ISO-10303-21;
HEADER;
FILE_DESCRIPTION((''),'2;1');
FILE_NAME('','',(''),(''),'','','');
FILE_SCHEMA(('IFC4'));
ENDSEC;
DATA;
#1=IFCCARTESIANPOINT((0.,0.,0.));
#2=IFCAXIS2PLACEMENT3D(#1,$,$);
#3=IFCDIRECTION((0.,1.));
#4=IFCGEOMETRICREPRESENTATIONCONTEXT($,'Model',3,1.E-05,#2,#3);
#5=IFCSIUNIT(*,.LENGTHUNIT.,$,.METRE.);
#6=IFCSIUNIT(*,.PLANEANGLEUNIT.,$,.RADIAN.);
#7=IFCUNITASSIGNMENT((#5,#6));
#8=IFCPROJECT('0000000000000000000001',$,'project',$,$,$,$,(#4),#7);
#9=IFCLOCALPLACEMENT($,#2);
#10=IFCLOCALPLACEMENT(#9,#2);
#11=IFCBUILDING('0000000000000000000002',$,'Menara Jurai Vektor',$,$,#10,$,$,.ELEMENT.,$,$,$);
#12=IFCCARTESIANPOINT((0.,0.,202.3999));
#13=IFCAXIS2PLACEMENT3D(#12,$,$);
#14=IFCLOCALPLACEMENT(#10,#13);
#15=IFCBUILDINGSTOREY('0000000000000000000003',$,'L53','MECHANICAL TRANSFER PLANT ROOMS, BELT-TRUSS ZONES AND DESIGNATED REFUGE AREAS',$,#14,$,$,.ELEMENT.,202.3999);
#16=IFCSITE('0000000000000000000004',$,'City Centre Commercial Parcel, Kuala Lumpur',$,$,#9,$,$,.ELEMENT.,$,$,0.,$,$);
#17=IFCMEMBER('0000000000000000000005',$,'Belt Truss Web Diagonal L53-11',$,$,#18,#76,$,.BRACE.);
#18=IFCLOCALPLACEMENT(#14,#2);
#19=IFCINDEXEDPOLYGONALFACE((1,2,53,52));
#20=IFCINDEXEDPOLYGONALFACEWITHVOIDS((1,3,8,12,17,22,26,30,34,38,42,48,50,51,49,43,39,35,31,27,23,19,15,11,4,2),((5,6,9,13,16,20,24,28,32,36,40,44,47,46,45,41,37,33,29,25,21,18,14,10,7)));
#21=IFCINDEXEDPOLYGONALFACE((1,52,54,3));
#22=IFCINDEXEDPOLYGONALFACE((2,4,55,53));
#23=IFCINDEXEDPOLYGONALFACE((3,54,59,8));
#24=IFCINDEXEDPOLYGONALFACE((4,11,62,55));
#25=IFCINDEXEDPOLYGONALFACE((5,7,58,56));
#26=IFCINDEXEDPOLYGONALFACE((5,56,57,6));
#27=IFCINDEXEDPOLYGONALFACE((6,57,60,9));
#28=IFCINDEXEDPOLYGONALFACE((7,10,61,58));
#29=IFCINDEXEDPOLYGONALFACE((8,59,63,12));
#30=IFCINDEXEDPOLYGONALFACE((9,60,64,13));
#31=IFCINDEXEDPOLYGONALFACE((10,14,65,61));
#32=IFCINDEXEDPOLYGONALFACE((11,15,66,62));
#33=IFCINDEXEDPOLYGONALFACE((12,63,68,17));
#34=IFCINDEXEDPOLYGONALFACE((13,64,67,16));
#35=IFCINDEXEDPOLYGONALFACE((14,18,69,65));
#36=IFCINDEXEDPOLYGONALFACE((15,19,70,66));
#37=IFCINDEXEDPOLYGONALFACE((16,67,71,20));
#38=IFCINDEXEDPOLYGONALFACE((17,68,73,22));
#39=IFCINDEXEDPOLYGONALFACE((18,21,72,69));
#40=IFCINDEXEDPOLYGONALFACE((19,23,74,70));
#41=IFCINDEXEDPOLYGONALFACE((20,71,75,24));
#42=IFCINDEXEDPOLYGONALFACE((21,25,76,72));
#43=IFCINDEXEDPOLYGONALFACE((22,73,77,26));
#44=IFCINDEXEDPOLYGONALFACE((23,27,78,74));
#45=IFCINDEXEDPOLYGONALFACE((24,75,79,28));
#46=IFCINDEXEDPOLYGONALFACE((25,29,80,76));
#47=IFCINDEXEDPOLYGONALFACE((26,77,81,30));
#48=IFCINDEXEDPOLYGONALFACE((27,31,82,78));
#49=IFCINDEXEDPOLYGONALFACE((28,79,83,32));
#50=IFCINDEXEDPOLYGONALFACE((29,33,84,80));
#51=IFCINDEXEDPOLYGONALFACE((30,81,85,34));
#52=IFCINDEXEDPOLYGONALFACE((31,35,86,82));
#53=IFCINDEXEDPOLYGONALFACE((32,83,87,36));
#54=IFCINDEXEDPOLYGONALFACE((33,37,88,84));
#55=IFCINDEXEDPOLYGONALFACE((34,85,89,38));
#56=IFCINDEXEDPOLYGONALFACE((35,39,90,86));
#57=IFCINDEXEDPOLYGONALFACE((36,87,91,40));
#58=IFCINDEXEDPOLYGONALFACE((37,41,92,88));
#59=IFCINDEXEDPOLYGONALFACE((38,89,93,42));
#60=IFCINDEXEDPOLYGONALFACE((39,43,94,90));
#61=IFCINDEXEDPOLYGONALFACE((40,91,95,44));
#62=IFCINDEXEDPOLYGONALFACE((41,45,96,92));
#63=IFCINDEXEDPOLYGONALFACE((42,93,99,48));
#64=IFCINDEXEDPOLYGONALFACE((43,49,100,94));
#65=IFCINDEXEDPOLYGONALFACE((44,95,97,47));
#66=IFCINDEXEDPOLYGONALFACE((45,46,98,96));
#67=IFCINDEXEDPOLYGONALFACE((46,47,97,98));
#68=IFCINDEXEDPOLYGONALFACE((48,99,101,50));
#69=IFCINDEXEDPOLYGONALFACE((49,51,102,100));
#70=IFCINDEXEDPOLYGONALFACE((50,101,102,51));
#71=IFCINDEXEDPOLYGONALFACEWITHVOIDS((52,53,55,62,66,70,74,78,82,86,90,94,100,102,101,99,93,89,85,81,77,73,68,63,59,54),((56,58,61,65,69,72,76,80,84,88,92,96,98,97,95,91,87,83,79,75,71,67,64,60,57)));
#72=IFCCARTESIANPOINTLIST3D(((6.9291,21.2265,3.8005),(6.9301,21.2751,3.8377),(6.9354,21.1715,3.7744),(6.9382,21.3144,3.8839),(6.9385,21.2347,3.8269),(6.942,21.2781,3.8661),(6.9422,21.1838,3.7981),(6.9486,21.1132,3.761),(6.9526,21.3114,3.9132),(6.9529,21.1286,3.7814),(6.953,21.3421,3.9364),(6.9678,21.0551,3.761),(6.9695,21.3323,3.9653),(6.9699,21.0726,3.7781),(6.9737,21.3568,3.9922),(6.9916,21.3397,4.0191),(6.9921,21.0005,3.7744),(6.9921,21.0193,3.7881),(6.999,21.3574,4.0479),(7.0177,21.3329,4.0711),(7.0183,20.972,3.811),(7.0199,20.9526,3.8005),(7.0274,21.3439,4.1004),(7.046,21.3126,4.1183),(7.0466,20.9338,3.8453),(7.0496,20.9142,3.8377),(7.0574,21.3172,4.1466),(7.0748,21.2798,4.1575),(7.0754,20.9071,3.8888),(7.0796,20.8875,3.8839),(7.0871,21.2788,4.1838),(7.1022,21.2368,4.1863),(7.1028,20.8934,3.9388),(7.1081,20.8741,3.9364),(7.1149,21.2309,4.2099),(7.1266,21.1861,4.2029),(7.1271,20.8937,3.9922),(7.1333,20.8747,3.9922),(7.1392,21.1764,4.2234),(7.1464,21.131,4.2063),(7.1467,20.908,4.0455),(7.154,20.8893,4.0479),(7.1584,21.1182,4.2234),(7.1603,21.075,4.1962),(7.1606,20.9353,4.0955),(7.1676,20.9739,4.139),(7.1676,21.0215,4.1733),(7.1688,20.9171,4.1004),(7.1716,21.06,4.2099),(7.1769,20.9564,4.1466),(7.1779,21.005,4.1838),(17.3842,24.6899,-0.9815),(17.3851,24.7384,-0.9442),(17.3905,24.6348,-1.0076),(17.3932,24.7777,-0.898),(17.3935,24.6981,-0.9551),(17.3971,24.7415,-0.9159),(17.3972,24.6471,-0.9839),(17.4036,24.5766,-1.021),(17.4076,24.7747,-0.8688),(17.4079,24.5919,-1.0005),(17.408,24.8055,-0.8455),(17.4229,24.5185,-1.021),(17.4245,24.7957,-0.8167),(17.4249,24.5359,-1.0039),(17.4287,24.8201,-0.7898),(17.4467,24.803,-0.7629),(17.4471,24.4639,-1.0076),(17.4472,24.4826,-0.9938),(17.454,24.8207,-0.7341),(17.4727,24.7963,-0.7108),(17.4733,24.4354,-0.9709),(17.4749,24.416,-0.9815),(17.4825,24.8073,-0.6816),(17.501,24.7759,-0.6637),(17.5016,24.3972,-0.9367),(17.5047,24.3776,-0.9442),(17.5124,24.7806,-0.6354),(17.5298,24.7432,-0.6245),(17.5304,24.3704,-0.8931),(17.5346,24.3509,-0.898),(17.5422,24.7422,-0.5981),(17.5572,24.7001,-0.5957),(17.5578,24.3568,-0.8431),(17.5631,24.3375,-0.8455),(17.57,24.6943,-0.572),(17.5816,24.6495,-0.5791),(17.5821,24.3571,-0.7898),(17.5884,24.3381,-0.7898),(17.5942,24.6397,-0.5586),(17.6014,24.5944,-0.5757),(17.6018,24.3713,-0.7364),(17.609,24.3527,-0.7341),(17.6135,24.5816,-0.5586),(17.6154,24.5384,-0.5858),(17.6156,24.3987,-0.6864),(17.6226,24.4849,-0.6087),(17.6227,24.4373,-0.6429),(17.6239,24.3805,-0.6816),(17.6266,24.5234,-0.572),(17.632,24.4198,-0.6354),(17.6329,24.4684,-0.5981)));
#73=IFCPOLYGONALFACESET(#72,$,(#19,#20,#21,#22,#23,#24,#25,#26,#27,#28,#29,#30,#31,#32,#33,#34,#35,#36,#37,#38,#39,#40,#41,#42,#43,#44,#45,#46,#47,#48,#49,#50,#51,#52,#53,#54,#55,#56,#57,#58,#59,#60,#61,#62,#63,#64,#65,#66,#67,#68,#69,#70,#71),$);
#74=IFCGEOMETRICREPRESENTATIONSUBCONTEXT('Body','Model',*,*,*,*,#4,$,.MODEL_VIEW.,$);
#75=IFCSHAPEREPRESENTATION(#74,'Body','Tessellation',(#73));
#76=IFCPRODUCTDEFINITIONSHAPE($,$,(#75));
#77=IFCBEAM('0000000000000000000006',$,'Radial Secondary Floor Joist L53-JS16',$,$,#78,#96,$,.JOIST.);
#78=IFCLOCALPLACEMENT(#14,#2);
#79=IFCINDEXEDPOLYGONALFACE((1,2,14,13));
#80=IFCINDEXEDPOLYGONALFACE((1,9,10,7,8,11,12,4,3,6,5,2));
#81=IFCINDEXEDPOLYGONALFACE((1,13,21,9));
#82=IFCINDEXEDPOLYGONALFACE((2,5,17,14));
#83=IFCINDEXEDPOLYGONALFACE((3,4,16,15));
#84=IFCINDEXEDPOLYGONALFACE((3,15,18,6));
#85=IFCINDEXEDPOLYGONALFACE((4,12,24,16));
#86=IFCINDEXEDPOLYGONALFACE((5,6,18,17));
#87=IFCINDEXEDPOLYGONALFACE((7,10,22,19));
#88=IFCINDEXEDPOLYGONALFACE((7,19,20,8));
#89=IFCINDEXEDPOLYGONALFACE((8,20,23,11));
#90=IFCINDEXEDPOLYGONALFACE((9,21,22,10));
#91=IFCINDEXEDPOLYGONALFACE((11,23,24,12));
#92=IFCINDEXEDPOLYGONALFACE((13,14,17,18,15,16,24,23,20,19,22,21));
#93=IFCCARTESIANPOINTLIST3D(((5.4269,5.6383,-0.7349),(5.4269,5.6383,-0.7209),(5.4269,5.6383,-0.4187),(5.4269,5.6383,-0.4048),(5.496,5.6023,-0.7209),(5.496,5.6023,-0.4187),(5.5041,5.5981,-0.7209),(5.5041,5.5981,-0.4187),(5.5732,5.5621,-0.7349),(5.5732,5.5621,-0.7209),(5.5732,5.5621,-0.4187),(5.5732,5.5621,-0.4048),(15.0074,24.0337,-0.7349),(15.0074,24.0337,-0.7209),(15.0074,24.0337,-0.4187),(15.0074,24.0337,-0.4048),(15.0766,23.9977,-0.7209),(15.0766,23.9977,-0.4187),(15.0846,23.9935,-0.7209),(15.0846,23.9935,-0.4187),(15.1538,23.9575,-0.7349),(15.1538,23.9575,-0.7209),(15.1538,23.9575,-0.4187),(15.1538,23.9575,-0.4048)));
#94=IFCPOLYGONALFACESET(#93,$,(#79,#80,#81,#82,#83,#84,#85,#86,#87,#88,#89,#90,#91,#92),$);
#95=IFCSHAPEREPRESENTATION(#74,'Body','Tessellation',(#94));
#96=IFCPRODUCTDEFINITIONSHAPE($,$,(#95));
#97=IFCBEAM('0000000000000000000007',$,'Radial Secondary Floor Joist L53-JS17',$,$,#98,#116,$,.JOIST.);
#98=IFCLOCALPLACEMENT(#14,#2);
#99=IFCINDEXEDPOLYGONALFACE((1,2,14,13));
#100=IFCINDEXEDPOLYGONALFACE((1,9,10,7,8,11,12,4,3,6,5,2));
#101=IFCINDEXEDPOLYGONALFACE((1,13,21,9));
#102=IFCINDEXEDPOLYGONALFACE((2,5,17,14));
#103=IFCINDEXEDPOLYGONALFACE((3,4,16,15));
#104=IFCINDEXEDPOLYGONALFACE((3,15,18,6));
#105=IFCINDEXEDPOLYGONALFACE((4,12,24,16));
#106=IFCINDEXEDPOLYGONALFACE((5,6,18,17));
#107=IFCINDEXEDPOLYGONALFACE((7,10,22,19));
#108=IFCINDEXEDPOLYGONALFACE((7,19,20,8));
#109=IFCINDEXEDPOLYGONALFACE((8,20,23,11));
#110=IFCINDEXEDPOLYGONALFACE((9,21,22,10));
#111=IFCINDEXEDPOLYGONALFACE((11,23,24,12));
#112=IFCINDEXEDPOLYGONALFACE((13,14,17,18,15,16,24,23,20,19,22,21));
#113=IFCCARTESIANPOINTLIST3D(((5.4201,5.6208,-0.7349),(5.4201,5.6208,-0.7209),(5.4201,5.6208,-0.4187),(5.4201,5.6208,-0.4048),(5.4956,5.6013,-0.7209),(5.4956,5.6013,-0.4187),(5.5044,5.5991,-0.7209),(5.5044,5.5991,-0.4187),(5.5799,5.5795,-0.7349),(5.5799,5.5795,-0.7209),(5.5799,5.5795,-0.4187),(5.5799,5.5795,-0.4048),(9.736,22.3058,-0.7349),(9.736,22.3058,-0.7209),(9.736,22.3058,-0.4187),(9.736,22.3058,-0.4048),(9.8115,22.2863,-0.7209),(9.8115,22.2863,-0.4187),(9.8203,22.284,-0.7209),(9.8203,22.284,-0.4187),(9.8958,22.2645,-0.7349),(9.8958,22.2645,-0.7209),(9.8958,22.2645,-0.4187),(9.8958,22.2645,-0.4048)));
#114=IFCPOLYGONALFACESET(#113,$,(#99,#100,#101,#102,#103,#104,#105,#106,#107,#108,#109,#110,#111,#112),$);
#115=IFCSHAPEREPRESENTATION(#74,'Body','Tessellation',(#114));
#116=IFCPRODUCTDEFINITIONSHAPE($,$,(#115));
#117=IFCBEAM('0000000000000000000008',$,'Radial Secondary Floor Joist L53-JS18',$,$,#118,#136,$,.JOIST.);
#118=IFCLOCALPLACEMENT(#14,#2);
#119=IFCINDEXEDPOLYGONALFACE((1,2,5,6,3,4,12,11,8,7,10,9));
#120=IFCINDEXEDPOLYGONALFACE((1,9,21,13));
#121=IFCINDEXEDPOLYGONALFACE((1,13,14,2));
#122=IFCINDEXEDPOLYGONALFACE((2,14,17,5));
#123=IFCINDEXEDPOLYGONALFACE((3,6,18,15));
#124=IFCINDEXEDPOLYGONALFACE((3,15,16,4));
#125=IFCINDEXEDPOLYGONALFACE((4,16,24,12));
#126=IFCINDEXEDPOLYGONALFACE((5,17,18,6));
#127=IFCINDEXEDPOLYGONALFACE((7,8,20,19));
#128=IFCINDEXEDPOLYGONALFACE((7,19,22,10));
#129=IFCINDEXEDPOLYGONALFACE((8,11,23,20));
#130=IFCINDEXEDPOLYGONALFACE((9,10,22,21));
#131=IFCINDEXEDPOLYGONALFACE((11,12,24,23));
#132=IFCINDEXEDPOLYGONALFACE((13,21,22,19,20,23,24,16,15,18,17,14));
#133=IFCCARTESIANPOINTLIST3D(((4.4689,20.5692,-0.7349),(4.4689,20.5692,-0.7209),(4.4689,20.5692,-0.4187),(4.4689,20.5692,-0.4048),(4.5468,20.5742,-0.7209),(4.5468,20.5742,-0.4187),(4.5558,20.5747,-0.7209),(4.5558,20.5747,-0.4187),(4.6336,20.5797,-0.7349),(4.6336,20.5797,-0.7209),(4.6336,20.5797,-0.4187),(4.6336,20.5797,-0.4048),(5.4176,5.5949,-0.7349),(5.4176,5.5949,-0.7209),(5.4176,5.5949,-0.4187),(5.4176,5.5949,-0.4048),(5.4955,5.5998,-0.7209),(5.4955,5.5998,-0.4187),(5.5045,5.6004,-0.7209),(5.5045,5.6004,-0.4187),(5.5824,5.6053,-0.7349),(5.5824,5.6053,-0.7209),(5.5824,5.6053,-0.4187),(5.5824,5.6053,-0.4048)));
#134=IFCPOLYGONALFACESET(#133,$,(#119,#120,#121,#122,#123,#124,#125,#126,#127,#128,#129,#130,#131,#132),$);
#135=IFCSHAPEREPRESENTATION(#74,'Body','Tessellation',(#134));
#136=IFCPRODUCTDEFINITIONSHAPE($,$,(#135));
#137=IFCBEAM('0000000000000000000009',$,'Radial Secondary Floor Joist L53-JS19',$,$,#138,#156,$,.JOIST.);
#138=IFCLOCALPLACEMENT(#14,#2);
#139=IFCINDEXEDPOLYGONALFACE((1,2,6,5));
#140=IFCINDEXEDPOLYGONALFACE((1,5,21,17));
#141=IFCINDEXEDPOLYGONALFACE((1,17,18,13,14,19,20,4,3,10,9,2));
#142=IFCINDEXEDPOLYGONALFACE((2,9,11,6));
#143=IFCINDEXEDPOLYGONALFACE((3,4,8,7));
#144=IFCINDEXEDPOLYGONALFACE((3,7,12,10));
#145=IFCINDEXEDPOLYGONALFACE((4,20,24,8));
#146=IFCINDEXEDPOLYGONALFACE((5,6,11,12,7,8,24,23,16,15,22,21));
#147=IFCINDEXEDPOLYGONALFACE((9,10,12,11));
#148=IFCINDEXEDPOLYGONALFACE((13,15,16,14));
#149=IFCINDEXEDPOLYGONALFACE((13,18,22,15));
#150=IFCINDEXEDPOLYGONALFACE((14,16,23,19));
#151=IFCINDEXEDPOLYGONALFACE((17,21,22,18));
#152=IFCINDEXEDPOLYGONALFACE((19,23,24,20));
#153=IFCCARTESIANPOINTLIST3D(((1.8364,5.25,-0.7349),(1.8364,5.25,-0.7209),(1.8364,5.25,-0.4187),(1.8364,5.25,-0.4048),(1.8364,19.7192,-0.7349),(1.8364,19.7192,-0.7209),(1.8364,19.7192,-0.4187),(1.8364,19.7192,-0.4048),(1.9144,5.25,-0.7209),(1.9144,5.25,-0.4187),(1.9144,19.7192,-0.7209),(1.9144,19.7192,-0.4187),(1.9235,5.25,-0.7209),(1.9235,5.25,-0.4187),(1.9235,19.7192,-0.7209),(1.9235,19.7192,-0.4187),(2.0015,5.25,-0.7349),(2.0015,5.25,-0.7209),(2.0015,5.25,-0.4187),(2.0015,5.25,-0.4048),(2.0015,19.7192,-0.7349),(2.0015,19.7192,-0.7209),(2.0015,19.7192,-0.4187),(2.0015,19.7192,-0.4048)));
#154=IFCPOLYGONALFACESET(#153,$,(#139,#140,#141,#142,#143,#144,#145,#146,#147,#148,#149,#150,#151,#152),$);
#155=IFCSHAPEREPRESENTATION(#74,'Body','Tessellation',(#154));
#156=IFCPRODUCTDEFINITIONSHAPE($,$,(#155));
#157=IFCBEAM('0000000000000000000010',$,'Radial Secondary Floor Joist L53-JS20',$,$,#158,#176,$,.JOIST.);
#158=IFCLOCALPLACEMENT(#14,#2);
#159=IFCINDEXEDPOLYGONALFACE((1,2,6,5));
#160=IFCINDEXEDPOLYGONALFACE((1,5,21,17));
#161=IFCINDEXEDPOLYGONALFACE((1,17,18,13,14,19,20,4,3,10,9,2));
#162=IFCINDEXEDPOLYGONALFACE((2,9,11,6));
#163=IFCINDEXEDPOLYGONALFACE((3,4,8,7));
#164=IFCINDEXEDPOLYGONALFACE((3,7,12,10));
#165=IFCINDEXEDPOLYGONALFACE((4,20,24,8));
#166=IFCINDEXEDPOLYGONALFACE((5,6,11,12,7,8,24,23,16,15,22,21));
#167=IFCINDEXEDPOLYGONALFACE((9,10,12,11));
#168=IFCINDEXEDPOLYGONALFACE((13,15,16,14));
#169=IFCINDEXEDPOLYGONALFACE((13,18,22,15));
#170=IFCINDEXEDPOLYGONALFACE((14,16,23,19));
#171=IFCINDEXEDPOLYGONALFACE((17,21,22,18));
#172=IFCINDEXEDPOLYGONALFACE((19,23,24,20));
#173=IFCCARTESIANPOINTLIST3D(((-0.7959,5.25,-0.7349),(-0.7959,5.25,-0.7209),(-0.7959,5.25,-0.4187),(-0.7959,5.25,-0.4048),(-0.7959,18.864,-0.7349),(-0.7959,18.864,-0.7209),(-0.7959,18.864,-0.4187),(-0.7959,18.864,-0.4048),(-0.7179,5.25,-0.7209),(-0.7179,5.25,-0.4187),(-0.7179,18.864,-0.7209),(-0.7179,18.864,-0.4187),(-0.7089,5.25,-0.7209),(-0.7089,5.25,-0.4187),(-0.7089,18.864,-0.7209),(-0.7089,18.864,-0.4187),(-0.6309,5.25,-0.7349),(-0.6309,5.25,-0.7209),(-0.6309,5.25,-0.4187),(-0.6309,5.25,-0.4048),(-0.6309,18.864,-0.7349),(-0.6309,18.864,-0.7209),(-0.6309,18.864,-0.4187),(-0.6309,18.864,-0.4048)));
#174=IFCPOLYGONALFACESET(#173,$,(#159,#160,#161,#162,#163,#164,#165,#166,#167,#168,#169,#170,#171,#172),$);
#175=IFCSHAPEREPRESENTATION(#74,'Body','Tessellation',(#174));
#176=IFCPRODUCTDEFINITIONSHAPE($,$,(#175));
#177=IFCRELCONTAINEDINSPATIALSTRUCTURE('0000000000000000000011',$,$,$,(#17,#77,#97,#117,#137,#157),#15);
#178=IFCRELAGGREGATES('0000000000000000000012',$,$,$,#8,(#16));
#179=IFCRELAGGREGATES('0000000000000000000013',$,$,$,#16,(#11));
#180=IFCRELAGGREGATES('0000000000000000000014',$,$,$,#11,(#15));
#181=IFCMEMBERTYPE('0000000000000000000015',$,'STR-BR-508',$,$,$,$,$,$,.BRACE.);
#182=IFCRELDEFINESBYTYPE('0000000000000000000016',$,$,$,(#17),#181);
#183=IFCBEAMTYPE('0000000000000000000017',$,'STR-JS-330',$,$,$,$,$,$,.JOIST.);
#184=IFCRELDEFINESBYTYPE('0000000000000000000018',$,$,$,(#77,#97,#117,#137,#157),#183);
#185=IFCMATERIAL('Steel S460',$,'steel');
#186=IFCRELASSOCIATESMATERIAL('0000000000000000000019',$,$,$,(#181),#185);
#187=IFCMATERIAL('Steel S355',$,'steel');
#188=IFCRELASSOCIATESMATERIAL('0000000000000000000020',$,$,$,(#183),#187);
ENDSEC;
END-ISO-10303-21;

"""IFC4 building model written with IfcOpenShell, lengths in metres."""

from ifc_helpers import new_model, si_unit, direction, frame, origin, origin_2d, place, context, subcontext, project, spatial, hollow_circle, i_section, extrude, material, material_profile, profile_set, type_object, element, save


model = new_model("IFC4")

# Units and contexts
model_context = context("Model", 3, precision=1e-05, world=origin(), true_north=direction((0.0, 1.0)))
body_context = subcontext(model_context, "Body", "Model", "MODEL_VIEW")
ifc_project = project(units=[si_unit("LENGTHUNIT", "METRE"), si_unit("PLANEANGLEUNIT", "RADIAN")], contexts=[model_context])

# Site, building, storey
site_placement = place(None, origin())
site = spatial("IfcSite", under=ifc_project, at=site_placement, Name="City Centre Commercial Parcel, Kuala Lumpur", CompositionType="ELEMENT", RefElevation=0.0)
building_placement = place(site_placement, origin())
building = spatial("IfcBuilding", under=site, at=building_placement, Name="Menara Jurai Vektor", CompositionType="ELEMENT")
storey_placement = place(building_placement, frame((0.0, 0.0, 202.3999)))
storey = spatial("IfcBuildingStorey", under=building, at=storey_placement, Name="L53", Description="MECHANICAL TRANSFER PLANT ROOMS, BELT-TRUSS ZONES AND DESIGNATED REFUGE AREAS", CompositionType="ELEMENT", Elevation=202.3999)

# Shared definitions
ifc_material_1 = material(Name="Steel S460", Category="steel")

# Shared definitions
ifc_material_2 = material(Name="Steel S355", Category="steel")

# Member
ifc_material_profile_1 = material_profile(ifc_material_1, hollow_circle(Radius=0.2539, WallThickness=0.02, at=origin_2d()), Name="CHS 508x20")
ifc_profile_set_1 = profile_set([ifc_material_profile_1], Name="Steel S460")
member_type_1 = type_object("IfcMemberType", Name="STR-BR-508", PredefinedType="BRACE", material=ifc_profile_set_1)
member_1_placement = place(storey_placement, frame((17.5085, 24.5791, -0.7898), z_axis=(-0.87074, -0.288444, 0.398262), x_axis=(0.314458, -0.949271, 0.0)))
element("IfcMember", 1, at=member_1_placement, inside=storey, type_object=member_type_1, Name="Belt Truss Web Diagonal L53-11", PredefinedType="BRACE", context=body_context, shape_type="SweptSolid", body=[
    extrude(hollow_circle(Radius=0.2539, WallThickness=0.02, at=origin_2d()), origin(), (0.0, 0.0, 1.0), 12.0071),
])

# Beams
ifc_material_profile_2 = material_profile(ifc_material_2, i_section(OverallWidth=0.165, OverallDepth=0.3301, WebThickness=0.009, FlangeThickness=0.0139, at=origin_2d()), Name="PG 330x165x46")
ifc_profile_set_2 = profile_set([ifc_material_profile_2], Name="Steel S355")
beam_type_1 = type_object("IfcBeamType", Name="STR-JS-330", PredefinedType="JOIST", material=ifc_profile_set_2)
beam_1_placement = place(storey_placement, frame((15.0806, 23.9956, -0.5698), z_axis=(-0.461918, -0.886923, 0.0), x_axis=(0.886923, -0.461918, 0.0)))
element("IfcBeam", 2, at=beam_1_placement, inside=storey, type_object=beam_type_1, Name="Radial Secondary Floor Joist L53-JS16", PredefinedType="JOIST", context=body_context, shape_type="SweptSolid", body=[
    extrude(i_section(OverallWidth=0.165, OverallDepth=0.3301, WebThickness=0.009, FlangeThickness=0.0139, at=origin_2d()), origin(), (0.0, 0.0, 1.0), 20.7407),
])
beam_2_placement = place(storey_placement, frame((9.8159, 22.2852, -0.5698), z_axis=(-0.250427, -0.968135, 0.0), x_axis=(0.968135, -0.250427, 0.0)))
element("IfcBeam", 3, at=beam_2_placement, inside=storey, type_object=beam_type_1, Name="Radial Secondary Floor Joist L53-JS17", PredefinedType="JOIST", context=body_context, shape_type="SweptSolid", body=[
    extrude(i_section(OverallWidth=0.165, OverallDepth=0.3301, WebThickness=0.009, FlangeThickness=0.0139, at=origin_2d()), origin(), (0.0, 0.0, 1.0), 17.2341),
])
beam_3_placement = place(storey_placement, frame((4.5513, 20.5745, -0.5698), z_axis=(0.06323, -0.997999, 0.0), x_axis=(0.997999, 0.06323, 0.0)))
element("IfcBeam", 4, at=beam_3_placement, inside=storey, type_object=beam_type_1, Name="Radial Secondary Floor Joist L53-JS18", PredefinedType="JOIST", context=body_context, shape_type="SweptSolid", body=[
    extrude(i_section(OverallWidth=0.165, OverallDepth=0.3301, WebThickness=0.009, FlangeThickness=0.0139, at=origin_2d()), origin(), (0.0, 0.0, 1.0), 15.0044),
])
beam_4_placement = place(storey_placement, frame((1.9189, 19.7192, -0.5698), z_axis=(0.0, -1.0, 0.0), x_axis=(1.0, 0.0, 0.0)))
element("IfcBeam", 5, at=beam_4_placement, inside=storey, type_object=beam_type_1, Name="Radial Secondary Floor Joist L53-JS19", PredefinedType="JOIST", context=body_context, shape_type="SweptSolid", body=[
    extrude(i_section(OverallWidth=0.165, OverallDepth=0.3301, WebThickness=0.009, FlangeThickness=0.0139, at=origin_2d()), origin(), (0.0, 0.0, 1.0), 14.4692),
])
beam_5_placement = place(storey_placement, frame((-0.7134, 18.864, -0.5698), z_axis=(0.0, -1.0, 0.0), x_axis=(1.0, 0.0, 0.0)))
element("IfcBeam", 6, at=beam_5_placement, inside=storey, type_object=beam_type_1, Name="Radial Secondary Floor Joist L53-JS20", PredefinedType="JOIST", context=body_context, shape_type="SweptSolid", body=[
    extrude(i_section(OverallWidth=0.165, OverallDepth=0.3301, WebThickness=0.009, FlangeThickness=0.0139, at=origin_2d()), origin(), (0.0, 0.0, 1.0), 13.614),
])

save(model, "model.ifc")
